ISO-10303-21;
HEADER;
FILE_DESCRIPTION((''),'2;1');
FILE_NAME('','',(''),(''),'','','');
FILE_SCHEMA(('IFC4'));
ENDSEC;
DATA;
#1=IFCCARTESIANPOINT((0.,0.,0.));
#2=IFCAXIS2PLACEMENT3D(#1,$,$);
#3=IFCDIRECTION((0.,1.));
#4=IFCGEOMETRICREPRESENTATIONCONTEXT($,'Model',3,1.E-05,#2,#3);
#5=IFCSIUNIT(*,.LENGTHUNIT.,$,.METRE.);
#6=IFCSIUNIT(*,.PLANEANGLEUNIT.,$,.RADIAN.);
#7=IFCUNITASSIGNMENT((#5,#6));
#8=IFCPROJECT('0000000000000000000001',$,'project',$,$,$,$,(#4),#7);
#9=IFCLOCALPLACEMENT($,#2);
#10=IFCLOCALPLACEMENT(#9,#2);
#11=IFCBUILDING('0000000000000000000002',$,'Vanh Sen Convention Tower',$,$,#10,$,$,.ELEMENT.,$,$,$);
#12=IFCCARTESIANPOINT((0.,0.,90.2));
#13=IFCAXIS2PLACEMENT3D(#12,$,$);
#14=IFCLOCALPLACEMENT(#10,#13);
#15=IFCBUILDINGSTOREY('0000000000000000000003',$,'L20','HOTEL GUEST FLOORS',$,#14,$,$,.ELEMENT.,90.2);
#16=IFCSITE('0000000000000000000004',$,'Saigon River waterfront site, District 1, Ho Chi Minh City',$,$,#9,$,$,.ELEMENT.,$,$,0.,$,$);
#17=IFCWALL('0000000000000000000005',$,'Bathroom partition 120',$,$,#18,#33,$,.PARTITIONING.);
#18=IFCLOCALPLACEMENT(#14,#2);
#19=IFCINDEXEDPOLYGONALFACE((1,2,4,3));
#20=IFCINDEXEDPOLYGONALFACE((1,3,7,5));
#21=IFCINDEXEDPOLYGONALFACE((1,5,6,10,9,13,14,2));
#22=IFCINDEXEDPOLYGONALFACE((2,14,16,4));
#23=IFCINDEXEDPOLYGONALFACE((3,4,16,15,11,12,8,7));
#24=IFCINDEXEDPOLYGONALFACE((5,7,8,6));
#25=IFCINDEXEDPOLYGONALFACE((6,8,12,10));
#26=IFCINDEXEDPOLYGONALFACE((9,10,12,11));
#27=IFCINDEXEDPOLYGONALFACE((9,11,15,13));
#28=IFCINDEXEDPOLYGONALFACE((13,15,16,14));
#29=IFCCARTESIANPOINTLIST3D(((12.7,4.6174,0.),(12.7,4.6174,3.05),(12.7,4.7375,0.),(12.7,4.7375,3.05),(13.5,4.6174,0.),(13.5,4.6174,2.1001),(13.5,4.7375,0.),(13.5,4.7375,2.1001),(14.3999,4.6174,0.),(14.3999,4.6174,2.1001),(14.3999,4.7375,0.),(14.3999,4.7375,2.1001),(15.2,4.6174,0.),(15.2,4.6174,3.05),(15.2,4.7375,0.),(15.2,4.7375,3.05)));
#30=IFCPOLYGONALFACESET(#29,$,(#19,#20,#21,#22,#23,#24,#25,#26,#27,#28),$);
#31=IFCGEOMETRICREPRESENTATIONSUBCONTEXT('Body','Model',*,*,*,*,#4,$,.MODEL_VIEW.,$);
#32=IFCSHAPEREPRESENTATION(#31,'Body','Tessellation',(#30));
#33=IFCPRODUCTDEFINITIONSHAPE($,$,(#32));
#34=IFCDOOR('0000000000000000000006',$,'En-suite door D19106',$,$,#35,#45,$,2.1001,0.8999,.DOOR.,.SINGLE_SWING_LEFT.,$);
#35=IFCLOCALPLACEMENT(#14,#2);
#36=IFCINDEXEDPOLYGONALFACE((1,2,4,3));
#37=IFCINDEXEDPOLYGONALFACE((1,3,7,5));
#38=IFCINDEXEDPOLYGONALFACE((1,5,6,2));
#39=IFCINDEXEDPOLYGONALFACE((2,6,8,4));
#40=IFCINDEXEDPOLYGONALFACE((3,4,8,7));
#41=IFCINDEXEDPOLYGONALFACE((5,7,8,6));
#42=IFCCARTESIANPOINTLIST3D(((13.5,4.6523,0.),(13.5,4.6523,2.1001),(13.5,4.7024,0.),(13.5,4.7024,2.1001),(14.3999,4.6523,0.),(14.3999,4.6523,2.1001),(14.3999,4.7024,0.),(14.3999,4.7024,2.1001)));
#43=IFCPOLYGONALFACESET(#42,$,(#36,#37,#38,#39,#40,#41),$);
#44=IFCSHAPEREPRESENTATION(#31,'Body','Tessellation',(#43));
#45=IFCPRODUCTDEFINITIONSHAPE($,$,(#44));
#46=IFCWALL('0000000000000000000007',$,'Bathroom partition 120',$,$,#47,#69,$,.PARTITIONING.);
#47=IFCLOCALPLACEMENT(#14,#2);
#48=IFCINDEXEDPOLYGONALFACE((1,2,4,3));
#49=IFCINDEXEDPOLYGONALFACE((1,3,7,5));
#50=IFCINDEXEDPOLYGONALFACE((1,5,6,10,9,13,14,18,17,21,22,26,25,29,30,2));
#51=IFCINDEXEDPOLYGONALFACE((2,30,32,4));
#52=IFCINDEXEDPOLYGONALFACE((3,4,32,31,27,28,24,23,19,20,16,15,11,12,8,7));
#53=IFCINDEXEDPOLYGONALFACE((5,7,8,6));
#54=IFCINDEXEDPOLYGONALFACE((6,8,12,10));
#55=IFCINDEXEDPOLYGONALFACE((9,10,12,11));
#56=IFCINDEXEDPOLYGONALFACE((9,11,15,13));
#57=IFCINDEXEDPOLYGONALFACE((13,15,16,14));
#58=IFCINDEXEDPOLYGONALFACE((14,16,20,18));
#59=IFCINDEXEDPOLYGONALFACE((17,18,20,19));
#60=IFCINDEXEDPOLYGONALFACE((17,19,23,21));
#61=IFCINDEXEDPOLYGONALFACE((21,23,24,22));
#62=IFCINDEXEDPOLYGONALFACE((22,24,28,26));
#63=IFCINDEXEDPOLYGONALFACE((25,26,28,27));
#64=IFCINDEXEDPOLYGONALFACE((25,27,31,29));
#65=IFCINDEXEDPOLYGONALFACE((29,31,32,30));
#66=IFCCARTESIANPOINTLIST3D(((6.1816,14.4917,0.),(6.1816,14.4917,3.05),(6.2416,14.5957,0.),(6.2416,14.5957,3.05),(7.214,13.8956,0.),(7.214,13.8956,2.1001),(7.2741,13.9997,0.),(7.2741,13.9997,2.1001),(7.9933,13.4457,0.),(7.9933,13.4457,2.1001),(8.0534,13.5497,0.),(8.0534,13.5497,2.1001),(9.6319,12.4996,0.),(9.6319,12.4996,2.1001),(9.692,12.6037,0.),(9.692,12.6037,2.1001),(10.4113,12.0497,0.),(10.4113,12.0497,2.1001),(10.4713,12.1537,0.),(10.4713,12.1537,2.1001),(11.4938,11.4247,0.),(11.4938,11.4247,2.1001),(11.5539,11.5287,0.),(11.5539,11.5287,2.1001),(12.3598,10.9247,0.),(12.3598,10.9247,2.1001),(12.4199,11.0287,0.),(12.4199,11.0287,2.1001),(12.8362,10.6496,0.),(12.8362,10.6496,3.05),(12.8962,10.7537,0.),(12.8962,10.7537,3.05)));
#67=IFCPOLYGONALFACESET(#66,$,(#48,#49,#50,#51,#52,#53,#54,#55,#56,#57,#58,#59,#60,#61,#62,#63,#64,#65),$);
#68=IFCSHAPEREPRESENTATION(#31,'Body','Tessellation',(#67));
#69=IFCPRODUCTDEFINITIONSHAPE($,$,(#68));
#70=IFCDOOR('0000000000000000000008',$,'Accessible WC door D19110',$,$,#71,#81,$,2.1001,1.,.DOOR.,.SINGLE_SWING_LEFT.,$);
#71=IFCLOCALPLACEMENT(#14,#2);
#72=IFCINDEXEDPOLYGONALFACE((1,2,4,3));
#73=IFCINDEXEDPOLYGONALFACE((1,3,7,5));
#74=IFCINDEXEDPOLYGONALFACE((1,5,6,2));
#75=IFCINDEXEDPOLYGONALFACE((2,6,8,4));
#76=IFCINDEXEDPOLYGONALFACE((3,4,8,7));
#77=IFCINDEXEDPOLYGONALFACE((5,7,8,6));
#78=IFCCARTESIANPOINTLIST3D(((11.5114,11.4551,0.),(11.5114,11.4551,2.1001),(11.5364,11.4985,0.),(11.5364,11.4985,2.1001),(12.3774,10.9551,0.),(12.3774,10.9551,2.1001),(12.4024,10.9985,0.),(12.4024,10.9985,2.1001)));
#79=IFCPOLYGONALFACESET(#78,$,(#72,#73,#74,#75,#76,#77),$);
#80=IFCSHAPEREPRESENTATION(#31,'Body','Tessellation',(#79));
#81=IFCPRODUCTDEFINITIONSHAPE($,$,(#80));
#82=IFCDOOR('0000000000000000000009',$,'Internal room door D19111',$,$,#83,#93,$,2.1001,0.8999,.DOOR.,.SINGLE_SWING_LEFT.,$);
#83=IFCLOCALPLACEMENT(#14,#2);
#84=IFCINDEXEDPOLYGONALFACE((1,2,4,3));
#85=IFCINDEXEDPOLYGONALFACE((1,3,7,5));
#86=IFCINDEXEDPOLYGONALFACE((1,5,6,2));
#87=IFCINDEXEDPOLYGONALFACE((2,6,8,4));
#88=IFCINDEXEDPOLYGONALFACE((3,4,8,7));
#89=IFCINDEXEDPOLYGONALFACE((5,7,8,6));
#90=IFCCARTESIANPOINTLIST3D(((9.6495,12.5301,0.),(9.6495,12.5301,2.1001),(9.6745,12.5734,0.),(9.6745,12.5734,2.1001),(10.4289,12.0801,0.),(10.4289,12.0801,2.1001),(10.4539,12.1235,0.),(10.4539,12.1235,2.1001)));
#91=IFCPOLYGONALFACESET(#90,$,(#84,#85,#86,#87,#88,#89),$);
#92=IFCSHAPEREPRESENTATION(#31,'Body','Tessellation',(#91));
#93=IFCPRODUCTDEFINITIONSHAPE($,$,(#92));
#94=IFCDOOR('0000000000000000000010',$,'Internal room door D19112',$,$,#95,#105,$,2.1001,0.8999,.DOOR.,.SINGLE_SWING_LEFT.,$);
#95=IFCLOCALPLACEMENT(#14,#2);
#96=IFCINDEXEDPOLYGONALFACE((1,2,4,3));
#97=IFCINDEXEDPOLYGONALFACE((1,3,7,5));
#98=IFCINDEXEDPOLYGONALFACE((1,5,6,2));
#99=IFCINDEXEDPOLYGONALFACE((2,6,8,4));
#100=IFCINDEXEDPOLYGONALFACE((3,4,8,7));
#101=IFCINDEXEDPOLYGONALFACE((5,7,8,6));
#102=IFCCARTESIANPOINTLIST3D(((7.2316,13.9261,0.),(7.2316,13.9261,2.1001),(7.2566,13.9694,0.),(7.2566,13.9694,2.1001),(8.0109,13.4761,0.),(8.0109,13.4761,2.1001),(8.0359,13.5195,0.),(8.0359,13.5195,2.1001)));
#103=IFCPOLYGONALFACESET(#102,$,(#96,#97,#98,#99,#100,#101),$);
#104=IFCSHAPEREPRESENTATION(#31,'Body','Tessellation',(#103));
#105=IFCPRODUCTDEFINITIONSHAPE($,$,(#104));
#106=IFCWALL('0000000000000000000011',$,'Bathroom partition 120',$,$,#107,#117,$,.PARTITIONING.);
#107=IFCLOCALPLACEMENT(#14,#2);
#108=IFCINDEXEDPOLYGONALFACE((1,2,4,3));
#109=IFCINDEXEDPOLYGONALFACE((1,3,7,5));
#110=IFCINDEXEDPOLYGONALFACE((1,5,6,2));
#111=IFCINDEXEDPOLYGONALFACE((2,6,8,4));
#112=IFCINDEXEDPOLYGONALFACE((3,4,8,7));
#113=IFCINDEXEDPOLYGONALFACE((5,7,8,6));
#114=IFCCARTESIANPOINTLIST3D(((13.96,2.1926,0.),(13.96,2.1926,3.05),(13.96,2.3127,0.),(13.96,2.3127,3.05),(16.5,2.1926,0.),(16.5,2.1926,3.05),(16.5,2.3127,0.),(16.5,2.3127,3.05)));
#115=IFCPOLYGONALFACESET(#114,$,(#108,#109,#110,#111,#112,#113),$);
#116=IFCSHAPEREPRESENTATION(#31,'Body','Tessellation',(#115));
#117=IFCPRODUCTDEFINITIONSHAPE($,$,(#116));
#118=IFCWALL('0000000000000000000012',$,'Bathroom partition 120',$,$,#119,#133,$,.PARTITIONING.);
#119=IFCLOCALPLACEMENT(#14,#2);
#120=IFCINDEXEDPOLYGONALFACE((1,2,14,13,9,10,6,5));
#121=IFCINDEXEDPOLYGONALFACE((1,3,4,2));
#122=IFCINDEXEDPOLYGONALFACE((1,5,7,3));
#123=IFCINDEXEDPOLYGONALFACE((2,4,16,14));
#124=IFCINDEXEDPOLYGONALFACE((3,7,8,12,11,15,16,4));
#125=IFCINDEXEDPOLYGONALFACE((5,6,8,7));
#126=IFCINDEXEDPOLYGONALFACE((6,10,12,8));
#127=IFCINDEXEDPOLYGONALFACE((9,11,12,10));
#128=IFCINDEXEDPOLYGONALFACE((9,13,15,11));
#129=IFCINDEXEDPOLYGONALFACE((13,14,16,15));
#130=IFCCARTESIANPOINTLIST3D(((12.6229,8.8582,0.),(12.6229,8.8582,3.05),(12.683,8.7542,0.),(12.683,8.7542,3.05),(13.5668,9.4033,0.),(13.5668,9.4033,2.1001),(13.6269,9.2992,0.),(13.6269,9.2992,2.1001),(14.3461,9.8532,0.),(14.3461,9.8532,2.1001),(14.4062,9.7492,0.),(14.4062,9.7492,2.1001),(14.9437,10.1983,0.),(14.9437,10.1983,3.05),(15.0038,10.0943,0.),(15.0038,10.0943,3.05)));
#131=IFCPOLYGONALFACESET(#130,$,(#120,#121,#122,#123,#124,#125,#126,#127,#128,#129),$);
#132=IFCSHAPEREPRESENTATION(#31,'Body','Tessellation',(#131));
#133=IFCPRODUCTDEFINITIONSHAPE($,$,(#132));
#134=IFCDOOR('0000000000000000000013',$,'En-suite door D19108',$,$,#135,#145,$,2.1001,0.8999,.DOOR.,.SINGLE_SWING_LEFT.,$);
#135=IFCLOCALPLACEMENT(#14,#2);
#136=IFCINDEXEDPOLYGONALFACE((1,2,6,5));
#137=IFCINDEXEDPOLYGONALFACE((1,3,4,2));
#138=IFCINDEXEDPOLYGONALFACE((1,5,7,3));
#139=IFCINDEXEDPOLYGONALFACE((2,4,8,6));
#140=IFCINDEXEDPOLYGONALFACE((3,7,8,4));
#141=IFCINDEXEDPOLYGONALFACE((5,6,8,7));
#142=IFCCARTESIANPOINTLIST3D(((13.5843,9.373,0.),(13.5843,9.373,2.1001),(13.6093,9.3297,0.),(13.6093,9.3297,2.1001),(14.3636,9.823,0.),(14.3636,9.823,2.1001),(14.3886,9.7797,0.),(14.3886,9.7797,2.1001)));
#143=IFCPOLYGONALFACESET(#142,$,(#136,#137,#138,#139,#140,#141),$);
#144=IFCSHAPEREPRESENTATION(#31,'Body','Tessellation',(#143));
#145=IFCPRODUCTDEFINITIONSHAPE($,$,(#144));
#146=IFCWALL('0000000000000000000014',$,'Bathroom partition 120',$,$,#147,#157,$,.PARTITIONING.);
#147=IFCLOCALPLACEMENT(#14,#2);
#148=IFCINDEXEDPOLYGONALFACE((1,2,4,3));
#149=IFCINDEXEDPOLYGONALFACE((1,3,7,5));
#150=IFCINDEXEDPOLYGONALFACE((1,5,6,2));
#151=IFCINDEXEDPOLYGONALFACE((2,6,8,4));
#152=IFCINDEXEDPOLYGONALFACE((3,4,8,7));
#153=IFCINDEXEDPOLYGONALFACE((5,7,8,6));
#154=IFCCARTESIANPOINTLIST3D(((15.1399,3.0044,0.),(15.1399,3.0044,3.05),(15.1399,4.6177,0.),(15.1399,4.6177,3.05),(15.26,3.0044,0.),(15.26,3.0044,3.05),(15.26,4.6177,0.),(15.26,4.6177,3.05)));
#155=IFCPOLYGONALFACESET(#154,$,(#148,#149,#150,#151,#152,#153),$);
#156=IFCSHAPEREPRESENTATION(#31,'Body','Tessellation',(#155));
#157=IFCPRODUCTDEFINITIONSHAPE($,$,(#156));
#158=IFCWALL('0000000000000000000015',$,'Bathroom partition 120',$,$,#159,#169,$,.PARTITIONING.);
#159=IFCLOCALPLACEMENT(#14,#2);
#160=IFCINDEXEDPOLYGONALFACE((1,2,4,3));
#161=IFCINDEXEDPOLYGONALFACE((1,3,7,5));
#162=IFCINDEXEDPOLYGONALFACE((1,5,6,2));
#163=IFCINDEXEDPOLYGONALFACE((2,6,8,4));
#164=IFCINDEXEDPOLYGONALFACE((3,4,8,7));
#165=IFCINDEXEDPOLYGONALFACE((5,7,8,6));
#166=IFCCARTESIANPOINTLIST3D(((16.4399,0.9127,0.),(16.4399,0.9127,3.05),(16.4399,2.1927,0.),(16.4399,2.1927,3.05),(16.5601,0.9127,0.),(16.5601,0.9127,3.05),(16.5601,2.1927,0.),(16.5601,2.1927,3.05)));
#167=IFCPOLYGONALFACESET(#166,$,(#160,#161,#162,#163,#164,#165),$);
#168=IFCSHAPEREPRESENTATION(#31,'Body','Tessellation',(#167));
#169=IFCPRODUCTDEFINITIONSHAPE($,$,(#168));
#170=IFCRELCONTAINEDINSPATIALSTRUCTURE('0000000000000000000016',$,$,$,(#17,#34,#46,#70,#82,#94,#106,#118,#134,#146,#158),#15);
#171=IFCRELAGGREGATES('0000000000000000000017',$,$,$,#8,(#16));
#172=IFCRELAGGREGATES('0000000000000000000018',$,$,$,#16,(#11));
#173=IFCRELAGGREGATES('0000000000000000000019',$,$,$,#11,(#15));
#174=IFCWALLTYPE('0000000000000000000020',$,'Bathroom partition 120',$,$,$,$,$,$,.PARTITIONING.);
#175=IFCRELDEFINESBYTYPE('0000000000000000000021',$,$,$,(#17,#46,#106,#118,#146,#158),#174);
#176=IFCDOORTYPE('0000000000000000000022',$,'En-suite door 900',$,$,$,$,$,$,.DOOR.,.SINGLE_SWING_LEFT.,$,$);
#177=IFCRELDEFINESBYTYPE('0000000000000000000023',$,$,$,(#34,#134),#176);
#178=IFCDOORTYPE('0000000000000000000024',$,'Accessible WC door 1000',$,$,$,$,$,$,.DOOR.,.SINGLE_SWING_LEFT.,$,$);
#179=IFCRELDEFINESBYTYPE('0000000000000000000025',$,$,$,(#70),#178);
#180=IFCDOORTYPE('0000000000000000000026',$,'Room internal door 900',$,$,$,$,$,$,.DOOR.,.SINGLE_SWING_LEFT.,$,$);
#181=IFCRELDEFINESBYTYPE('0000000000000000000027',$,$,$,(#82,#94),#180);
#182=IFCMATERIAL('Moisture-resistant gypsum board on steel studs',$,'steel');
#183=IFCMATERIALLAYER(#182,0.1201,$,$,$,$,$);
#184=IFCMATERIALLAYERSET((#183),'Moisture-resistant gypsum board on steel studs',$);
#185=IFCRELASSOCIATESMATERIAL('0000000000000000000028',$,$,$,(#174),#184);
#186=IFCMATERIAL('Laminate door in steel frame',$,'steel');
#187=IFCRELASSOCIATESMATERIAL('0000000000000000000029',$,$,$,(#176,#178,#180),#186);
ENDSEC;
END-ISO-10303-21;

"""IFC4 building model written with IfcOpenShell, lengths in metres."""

from ifc_helpers import new_model, si_unit, direction, frame, frame_2d, origin, place, context, subcontext, project, spatial, rectangle, extrude, material, layer, layer_set, type_object, element, fill, save


model = new_model("IFC4")

# Units and contexts
model_context = context("Model", 3, precision=1e-05, world=origin(), true_north=direction((0.0, 1.0)))
body_context = subcontext(model_context, "Body", "Model", "MODEL_VIEW")
ifc_project = project(units=[si_unit("LENGTHUNIT", "METRE"), si_unit("PLANEANGLEUNIT", "RADIAN")], contexts=[model_context])

# Site, building, storey
site_placement = place(None, origin())
site = spatial("IfcSite", under=ifc_project, at=site_placement, Name="Saigon River waterfront site, District 1, Ho Chi Minh City", CompositionType="ELEMENT", RefElevation=0.0)
building_placement = place(site_placement, origin())
building = spatial("IfcBuilding", under=site, at=building_placement, Name="Vanh Sen Convention Tower", CompositionType="ELEMENT")
storey_placement = place(building_placement, frame((0.0, 0.0, 90.2)))
storey = spatial("IfcBuildingStorey", under=building, at=storey_placement, Name="L20", Description="HOTEL GUEST FLOORS", CompositionType="ELEMENT", Elevation=90.2)

# Shared definitions
ifc_material_1 = material(Name="Moisture-resistant gypsum board on steel studs", Category="steel")
ifc_layer_1 = layer(ifc_material_1, 0.1201)
ifc_layer_set_1 = layer_set([ifc_layer_1], Name="Moisture-resistant gypsum board on steel studs")
wall_type_1 = type_object("IfcWallType", Name="Bathroom partition 120", PredefinedType="PARTITIONING", material=ifc_layer_set_1)

# Wall, opening, door
wall_1_placement = place(storey_placement, frame((12.7, 4.6775, 0.0), z_axis=(0.0, 0.0, 1.0), x_axis=(1.0, 0.0, 0.0)))
wall_1 = element("IfcWall", 1, at=wall_1_placement, inside=storey, type_object=wall_type_1, Name="Bathroom partition 120", PredefinedType="PARTITIONING", context=body_context, shape_type="SweptSolid", body=[
    extrude(rectangle(XDim=2.5, YDim=0.1201, at=frame_2d((1.25, 0.0))), origin(), (0.0, 0.0, 1.0), 3.05),
])
opening_1_placement = place(wall_1_placement, frame((0.8, 0.0, 0.0)))
opening_1 = element("IfcOpeningElement", 2, at=opening_1_placement, cuts=wall_1, PredefinedType="OPENING", context=body_context, shape_type="SweptSolid", body=[
    extrude(rectangle(XDim=0.8999, YDim=2.1001, at=frame_2d((0.45, 1.05))), frame((0.0, 0.0701, 0.0), z_axis=(0.0, -1.0, 0.0), x_axis=(1.0, 0.0, 0.0)), (0.0, 0.0, 1.0), 0.1401),
])
ifc_material_2 = material(Name="Laminate door in steel frame", Category="steel")
door_type_1 = type_object("IfcDoorType", Name="En-suite door 900", OperationType="SINGLE_SWING_LEFT", PredefinedType="DOOR", material=ifc_material_2)
door_1_placement = place(opening_1_placement, origin())
door_1 = element("IfcDoor", 3, at=door_1_placement, inside=storey, type_object=door_type_1, Name="En-suite door D19106", OperationType="SINGLE_SWING_LEFT", OverallHeight=2.1001, OverallWidth=0.8999, PredefinedType="DOOR", context=body_context, shape_type="SweptSolid", body=[
    extrude(rectangle(XDim=0.8999, YDim=2.1001, at=frame_2d((0.45, 1.05))), frame((0.0, 0.0249, 0.0), z_axis=(0.0, -1.0, 0.0), x_axis=(1.0, 0.0, 0.0)), (0.0, 0.0, 1.0), 0.05),
])
fill(opening_1, door_1)

# Wall, openings, doors
wall_2_placement = place(storey_placement, frame((12.8662, 10.7017, 0.0), z_axis=(0.0, 0.0, 1.0), x_axis=(-0.866023, 0.500004, 0.0)))
wall_2 = element("IfcWall", 4, at=wall_2_placement, inside=storey, type_object=wall_type_1, Name="Bathroom partition 120", PredefinedType="PARTITIONING", context=body_context, shape_type="SweptSolid", body=[
    extrude(rectangle(XDim=7.6841, YDim=0.1201, at=frame_2d((3.842, 0.0))), origin(), (0.0, 0.0, 1.0), 3.05),
])
opening_2_placement = place(wall_2_placement, frame((0.55, 0.0, 0.0)))
opening_2 = element("IfcOpeningElement", 5, at=opening_2_placement, cuts=wall_2, PredefinedType="OPENING", context=body_context, shape_type="SweptSolid", body=[
    extrude(rectangle(XDim=1.0, YDim=2.1001, at=frame_2d((0.5, 1.05))), frame((0.0, 0.0701, 0.0), z_axis=(0.0, -1.0, 0.0), x_axis=(1.0, 0.0, 0.0)), (0.0, 0.0, 1.0), 0.1401),
])
opening_3_placement = place(wall_2_placement, frame((2.8, 0.0, 0.0)))
opening_3 = element("IfcOpeningElement", 6, at=opening_3_placement, cuts=wall_2, PredefinedType="OPENING", context=body_context, shape_type="SweptSolid", body=[
    extrude(rectangle(XDim=0.8999, YDim=2.1001, at=frame_2d((0.45, 1.05))), frame((0.0, 0.0701, 0.0), z_axis=(0.0, -1.0, 0.0), x_axis=(1.0, 0.0, 0.0)), (0.0, 0.0, 1.0), 0.1401),
])
opening_4_placement = place(wall_2_placement, frame((5.592, 0.0, 0.0)))
opening_4 = element("IfcOpeningElement", 7, at=opening_4_placement, cuts=wall_2, PredefinedType="OPENING", context=body_context, shape_type="SweptSolid", body=[
    extrude(rectangle(XDim=0.8999, YDim=2.1001, at=frame_2d((0.45, 1.05))), frame((0.0, 0.0701, 0.0), z_axis=(0.0, -1.0, 0.0), x_axis=(1.0, 0.0, 0.0)), (0.0, 0.0, 1.0), 0.1401),
])
door_type_2 = type_object("IfcDoorType", Name="Accessible WC door 1000", OperationType="SINGLE_SWING_LEFT", PredefinedType="DOOR", material=ifc_material_2)
door_2_placement = place(opening_2_placement, origin())
door_2 = element("IfcDoor", 8, at=door_2_placement, inside=storey, type_object=door_type_2, Name="Accessible WC door D19110", OperationType="SINGLE_SWING_LEFT", OverallHeight=2.1001, OverallWidth=1.0, PredefinedType="DOOR", context=body_context, shape_type="SweptSolid", body=[
    extrude(rectangle(XDim=1.0, YDim=2.1001, at=frame_2d((0.5, 1.05))), frame((0.0, 0.0249, 0.0), z_axis=(0.0, -1.0, 0.0), x_axis=(1.0, 0.0, 0.0)), (0.0, 0.0, 1.0), 0.05),
])
fill(opening_2, door_2)
door_type_3 = type_object("IfcDoorType", Name="Room internal door 900", OperationType="SINGLE_SWING_LEFT", PredefinedType="DOOR", material=ifc_material_2)
door_3_placement = place(opening_3_placement, origin())
door_3 = element("IfcDoor", 9, at=door_3_placement, inside=storey, type_object=door_type_3, Name="Internal room door D19111", OperationType="SINGLE_SWING_LEFT", OverallHeight=2.1001, OverallWidth=0.8999, PredefinedType="DOOR", context=body_context, shape_type="SweptSolid", body=[
    extrude(rectangle(XDim=0.8999, YDim=2.1001, at=frame_2d((0.45, 1.05))), frame((0.0, 0.0249, 0.0), z_axis=(0.0, -1.0, 0.0), x_axis=(1.0, 0.0, 0.0)), (0.0, 0.0, 1.0), 0.05),
])
fill(opening_3, door_3)
door_4_placement = place(opening_4_placement, origin())
door_4 = element("IfcDoor", 10, at=door_4_placement, inside=storey, type_object=door_type_3, Name="Internal room door D19112", OperationType="SINGLE_SWING_LEFT", OverallHeight=2.1001, OverallWidth=0.8999, PredefinedType="DOOR", context=body_context, shape_type="SweptSolid", body=[
    extrude(rectangle(XDim=0.8999, YDim=2.1001, at=frame_2d((0.45, 1.05))), frame((0.0, 0.0249, 0.0), z_axis=(0.0, -1.0, 0.0), x_axis=(1.0, 0.0, 0.0)), (0.0, 0.0, 1.0), 0.05),
])
fill(opening_4, door_4)

# Wall
wall_3_placement = place(storey_placement, frame((13.96, 2.2527, 0.0), z_axis=(0.0, 0.0, 1.0), x_axis=(1.0, 0.0, 0.0)))
element("IfcWall", 11, at=wall_3_placement, inside=storey, type_object=wall_type_1, Name="Bathroom partition 120", PredefinedType="PARTITIONING", context=body_context, shape_type="SweptSolid", body=[
    extrude(rectangle(XDim=2.54, YDim=0.1201, at=frame_2d((1.27, 0.0))), origin(), (0.0, 0.0, 1.0), 3.05),
])

# Wall, opening, door
wall_4_placement = place(storey_placement, frame((14.9736, 10.1462, 0.0), z_axis=(0.0, 0.0, 1.0), x_axis=(-0.865997, -0.500048, 0.0)))
wall_4 = element("IfcWall", 12, at=wall_4_placement, inside=storey, type_object=wall_type_1, Name="Bathroom partition 120", PredefinedType="PARTITIONING", context=body_context, shape_type="SweptSolid", body=[
    extrude(rectangle(XDim=2.6799, YDim=0.1201, at=frame_2d((1.3398, 0.0))), origin(), (0.0, 0.0, 1.0), 3.05),
])
opening_5_placement = place(wall_4_placement, frame((0.6899, 0.0, 0.0)))
opening_5 = element("IfcOpeningElement", 13, at=opening_5_placement, cuts=wall_4, PredefinedType="OPENING", context=body_context, shape_type="SweptSolid", body=[
    extrude(rectangle(XDim=0.8999, YDim=2.1001, at=frame_2d((0.45, 1.05))), frame((0.0, 0.0701, 0.0), z_axis=(0.0, -1.0, 0.0), x_axis=(1.0, 0.0, 0.0)), (0.0, 0.0, 1.0), 0.1401),
])
door_5_placement = place(opening_5_placement, origin())
door_5 = element("IfcDoor", 14, at=door_5_placement, inside=storey, type_object=door_type_1, Name="En-suite door D19108", OperationType="SINGLE_SWING_LEFT", OverallHeight=2.1001, OverallWidth=0.8999, PredefinedType="DOOR", context=body_context, shape_type="SweptSolid", body=[
    extrude(rectangle(XDim=0.8999, YDim=2.1001, at=frame_2d((0.45, 1.05))), frame((0.0, 0.0249, 0.0), z_axis=(0.0, -1.0, 0.0), x_axis=(1.0, 0.0, 0.0)), (0.0, 0.0, 1.0), 0.05),
])
fill(opening_5, door_5)

# Walls
wall_5_placement = place(storey_placement, frame((15.2, 4.6177, 0.0), z_axis=(0.0, 0.0, 1.0), x_axis=(0.0, -1.0, 0.0)))
element("IfcWall", 15, at=wall_5_placement, inside=storey, type_object=wall_type_1, Name="Bathroom partition 120", PredefinedType="PARTITIONING", context=body_context, shape_type="SweptSolid", body=[
    extrude(rectangle(XDim=1.6133, YDim=0.1201, at=frame_2d((0.8066, 0.0))), origin(), (0.0, 0.0, 1.0), 3.05),
])
wall_6_placement = place(storey_placement, frame((16.5, 2.1929, 0.0), z_axis=(0.0, 0.0, 1.0), x_axis=(0.0, -1.0, 0.0)))
element("IfcWall", 16, at=wall_6_placement, inside=storey, type_object=wall_type_1, Name="Bathroom partition 120", PredefinedType="PARTITIONING", context=body_context, shape_type="SweptSolid", body=[
    extrude(rectangle(XDim=1.28, YDim=0.1201, at=frame_2d((0.6401, 0.0))), origin(), (0.0, 0.0, 1.0), 3.05),
])

save(model, "model.ifc")
